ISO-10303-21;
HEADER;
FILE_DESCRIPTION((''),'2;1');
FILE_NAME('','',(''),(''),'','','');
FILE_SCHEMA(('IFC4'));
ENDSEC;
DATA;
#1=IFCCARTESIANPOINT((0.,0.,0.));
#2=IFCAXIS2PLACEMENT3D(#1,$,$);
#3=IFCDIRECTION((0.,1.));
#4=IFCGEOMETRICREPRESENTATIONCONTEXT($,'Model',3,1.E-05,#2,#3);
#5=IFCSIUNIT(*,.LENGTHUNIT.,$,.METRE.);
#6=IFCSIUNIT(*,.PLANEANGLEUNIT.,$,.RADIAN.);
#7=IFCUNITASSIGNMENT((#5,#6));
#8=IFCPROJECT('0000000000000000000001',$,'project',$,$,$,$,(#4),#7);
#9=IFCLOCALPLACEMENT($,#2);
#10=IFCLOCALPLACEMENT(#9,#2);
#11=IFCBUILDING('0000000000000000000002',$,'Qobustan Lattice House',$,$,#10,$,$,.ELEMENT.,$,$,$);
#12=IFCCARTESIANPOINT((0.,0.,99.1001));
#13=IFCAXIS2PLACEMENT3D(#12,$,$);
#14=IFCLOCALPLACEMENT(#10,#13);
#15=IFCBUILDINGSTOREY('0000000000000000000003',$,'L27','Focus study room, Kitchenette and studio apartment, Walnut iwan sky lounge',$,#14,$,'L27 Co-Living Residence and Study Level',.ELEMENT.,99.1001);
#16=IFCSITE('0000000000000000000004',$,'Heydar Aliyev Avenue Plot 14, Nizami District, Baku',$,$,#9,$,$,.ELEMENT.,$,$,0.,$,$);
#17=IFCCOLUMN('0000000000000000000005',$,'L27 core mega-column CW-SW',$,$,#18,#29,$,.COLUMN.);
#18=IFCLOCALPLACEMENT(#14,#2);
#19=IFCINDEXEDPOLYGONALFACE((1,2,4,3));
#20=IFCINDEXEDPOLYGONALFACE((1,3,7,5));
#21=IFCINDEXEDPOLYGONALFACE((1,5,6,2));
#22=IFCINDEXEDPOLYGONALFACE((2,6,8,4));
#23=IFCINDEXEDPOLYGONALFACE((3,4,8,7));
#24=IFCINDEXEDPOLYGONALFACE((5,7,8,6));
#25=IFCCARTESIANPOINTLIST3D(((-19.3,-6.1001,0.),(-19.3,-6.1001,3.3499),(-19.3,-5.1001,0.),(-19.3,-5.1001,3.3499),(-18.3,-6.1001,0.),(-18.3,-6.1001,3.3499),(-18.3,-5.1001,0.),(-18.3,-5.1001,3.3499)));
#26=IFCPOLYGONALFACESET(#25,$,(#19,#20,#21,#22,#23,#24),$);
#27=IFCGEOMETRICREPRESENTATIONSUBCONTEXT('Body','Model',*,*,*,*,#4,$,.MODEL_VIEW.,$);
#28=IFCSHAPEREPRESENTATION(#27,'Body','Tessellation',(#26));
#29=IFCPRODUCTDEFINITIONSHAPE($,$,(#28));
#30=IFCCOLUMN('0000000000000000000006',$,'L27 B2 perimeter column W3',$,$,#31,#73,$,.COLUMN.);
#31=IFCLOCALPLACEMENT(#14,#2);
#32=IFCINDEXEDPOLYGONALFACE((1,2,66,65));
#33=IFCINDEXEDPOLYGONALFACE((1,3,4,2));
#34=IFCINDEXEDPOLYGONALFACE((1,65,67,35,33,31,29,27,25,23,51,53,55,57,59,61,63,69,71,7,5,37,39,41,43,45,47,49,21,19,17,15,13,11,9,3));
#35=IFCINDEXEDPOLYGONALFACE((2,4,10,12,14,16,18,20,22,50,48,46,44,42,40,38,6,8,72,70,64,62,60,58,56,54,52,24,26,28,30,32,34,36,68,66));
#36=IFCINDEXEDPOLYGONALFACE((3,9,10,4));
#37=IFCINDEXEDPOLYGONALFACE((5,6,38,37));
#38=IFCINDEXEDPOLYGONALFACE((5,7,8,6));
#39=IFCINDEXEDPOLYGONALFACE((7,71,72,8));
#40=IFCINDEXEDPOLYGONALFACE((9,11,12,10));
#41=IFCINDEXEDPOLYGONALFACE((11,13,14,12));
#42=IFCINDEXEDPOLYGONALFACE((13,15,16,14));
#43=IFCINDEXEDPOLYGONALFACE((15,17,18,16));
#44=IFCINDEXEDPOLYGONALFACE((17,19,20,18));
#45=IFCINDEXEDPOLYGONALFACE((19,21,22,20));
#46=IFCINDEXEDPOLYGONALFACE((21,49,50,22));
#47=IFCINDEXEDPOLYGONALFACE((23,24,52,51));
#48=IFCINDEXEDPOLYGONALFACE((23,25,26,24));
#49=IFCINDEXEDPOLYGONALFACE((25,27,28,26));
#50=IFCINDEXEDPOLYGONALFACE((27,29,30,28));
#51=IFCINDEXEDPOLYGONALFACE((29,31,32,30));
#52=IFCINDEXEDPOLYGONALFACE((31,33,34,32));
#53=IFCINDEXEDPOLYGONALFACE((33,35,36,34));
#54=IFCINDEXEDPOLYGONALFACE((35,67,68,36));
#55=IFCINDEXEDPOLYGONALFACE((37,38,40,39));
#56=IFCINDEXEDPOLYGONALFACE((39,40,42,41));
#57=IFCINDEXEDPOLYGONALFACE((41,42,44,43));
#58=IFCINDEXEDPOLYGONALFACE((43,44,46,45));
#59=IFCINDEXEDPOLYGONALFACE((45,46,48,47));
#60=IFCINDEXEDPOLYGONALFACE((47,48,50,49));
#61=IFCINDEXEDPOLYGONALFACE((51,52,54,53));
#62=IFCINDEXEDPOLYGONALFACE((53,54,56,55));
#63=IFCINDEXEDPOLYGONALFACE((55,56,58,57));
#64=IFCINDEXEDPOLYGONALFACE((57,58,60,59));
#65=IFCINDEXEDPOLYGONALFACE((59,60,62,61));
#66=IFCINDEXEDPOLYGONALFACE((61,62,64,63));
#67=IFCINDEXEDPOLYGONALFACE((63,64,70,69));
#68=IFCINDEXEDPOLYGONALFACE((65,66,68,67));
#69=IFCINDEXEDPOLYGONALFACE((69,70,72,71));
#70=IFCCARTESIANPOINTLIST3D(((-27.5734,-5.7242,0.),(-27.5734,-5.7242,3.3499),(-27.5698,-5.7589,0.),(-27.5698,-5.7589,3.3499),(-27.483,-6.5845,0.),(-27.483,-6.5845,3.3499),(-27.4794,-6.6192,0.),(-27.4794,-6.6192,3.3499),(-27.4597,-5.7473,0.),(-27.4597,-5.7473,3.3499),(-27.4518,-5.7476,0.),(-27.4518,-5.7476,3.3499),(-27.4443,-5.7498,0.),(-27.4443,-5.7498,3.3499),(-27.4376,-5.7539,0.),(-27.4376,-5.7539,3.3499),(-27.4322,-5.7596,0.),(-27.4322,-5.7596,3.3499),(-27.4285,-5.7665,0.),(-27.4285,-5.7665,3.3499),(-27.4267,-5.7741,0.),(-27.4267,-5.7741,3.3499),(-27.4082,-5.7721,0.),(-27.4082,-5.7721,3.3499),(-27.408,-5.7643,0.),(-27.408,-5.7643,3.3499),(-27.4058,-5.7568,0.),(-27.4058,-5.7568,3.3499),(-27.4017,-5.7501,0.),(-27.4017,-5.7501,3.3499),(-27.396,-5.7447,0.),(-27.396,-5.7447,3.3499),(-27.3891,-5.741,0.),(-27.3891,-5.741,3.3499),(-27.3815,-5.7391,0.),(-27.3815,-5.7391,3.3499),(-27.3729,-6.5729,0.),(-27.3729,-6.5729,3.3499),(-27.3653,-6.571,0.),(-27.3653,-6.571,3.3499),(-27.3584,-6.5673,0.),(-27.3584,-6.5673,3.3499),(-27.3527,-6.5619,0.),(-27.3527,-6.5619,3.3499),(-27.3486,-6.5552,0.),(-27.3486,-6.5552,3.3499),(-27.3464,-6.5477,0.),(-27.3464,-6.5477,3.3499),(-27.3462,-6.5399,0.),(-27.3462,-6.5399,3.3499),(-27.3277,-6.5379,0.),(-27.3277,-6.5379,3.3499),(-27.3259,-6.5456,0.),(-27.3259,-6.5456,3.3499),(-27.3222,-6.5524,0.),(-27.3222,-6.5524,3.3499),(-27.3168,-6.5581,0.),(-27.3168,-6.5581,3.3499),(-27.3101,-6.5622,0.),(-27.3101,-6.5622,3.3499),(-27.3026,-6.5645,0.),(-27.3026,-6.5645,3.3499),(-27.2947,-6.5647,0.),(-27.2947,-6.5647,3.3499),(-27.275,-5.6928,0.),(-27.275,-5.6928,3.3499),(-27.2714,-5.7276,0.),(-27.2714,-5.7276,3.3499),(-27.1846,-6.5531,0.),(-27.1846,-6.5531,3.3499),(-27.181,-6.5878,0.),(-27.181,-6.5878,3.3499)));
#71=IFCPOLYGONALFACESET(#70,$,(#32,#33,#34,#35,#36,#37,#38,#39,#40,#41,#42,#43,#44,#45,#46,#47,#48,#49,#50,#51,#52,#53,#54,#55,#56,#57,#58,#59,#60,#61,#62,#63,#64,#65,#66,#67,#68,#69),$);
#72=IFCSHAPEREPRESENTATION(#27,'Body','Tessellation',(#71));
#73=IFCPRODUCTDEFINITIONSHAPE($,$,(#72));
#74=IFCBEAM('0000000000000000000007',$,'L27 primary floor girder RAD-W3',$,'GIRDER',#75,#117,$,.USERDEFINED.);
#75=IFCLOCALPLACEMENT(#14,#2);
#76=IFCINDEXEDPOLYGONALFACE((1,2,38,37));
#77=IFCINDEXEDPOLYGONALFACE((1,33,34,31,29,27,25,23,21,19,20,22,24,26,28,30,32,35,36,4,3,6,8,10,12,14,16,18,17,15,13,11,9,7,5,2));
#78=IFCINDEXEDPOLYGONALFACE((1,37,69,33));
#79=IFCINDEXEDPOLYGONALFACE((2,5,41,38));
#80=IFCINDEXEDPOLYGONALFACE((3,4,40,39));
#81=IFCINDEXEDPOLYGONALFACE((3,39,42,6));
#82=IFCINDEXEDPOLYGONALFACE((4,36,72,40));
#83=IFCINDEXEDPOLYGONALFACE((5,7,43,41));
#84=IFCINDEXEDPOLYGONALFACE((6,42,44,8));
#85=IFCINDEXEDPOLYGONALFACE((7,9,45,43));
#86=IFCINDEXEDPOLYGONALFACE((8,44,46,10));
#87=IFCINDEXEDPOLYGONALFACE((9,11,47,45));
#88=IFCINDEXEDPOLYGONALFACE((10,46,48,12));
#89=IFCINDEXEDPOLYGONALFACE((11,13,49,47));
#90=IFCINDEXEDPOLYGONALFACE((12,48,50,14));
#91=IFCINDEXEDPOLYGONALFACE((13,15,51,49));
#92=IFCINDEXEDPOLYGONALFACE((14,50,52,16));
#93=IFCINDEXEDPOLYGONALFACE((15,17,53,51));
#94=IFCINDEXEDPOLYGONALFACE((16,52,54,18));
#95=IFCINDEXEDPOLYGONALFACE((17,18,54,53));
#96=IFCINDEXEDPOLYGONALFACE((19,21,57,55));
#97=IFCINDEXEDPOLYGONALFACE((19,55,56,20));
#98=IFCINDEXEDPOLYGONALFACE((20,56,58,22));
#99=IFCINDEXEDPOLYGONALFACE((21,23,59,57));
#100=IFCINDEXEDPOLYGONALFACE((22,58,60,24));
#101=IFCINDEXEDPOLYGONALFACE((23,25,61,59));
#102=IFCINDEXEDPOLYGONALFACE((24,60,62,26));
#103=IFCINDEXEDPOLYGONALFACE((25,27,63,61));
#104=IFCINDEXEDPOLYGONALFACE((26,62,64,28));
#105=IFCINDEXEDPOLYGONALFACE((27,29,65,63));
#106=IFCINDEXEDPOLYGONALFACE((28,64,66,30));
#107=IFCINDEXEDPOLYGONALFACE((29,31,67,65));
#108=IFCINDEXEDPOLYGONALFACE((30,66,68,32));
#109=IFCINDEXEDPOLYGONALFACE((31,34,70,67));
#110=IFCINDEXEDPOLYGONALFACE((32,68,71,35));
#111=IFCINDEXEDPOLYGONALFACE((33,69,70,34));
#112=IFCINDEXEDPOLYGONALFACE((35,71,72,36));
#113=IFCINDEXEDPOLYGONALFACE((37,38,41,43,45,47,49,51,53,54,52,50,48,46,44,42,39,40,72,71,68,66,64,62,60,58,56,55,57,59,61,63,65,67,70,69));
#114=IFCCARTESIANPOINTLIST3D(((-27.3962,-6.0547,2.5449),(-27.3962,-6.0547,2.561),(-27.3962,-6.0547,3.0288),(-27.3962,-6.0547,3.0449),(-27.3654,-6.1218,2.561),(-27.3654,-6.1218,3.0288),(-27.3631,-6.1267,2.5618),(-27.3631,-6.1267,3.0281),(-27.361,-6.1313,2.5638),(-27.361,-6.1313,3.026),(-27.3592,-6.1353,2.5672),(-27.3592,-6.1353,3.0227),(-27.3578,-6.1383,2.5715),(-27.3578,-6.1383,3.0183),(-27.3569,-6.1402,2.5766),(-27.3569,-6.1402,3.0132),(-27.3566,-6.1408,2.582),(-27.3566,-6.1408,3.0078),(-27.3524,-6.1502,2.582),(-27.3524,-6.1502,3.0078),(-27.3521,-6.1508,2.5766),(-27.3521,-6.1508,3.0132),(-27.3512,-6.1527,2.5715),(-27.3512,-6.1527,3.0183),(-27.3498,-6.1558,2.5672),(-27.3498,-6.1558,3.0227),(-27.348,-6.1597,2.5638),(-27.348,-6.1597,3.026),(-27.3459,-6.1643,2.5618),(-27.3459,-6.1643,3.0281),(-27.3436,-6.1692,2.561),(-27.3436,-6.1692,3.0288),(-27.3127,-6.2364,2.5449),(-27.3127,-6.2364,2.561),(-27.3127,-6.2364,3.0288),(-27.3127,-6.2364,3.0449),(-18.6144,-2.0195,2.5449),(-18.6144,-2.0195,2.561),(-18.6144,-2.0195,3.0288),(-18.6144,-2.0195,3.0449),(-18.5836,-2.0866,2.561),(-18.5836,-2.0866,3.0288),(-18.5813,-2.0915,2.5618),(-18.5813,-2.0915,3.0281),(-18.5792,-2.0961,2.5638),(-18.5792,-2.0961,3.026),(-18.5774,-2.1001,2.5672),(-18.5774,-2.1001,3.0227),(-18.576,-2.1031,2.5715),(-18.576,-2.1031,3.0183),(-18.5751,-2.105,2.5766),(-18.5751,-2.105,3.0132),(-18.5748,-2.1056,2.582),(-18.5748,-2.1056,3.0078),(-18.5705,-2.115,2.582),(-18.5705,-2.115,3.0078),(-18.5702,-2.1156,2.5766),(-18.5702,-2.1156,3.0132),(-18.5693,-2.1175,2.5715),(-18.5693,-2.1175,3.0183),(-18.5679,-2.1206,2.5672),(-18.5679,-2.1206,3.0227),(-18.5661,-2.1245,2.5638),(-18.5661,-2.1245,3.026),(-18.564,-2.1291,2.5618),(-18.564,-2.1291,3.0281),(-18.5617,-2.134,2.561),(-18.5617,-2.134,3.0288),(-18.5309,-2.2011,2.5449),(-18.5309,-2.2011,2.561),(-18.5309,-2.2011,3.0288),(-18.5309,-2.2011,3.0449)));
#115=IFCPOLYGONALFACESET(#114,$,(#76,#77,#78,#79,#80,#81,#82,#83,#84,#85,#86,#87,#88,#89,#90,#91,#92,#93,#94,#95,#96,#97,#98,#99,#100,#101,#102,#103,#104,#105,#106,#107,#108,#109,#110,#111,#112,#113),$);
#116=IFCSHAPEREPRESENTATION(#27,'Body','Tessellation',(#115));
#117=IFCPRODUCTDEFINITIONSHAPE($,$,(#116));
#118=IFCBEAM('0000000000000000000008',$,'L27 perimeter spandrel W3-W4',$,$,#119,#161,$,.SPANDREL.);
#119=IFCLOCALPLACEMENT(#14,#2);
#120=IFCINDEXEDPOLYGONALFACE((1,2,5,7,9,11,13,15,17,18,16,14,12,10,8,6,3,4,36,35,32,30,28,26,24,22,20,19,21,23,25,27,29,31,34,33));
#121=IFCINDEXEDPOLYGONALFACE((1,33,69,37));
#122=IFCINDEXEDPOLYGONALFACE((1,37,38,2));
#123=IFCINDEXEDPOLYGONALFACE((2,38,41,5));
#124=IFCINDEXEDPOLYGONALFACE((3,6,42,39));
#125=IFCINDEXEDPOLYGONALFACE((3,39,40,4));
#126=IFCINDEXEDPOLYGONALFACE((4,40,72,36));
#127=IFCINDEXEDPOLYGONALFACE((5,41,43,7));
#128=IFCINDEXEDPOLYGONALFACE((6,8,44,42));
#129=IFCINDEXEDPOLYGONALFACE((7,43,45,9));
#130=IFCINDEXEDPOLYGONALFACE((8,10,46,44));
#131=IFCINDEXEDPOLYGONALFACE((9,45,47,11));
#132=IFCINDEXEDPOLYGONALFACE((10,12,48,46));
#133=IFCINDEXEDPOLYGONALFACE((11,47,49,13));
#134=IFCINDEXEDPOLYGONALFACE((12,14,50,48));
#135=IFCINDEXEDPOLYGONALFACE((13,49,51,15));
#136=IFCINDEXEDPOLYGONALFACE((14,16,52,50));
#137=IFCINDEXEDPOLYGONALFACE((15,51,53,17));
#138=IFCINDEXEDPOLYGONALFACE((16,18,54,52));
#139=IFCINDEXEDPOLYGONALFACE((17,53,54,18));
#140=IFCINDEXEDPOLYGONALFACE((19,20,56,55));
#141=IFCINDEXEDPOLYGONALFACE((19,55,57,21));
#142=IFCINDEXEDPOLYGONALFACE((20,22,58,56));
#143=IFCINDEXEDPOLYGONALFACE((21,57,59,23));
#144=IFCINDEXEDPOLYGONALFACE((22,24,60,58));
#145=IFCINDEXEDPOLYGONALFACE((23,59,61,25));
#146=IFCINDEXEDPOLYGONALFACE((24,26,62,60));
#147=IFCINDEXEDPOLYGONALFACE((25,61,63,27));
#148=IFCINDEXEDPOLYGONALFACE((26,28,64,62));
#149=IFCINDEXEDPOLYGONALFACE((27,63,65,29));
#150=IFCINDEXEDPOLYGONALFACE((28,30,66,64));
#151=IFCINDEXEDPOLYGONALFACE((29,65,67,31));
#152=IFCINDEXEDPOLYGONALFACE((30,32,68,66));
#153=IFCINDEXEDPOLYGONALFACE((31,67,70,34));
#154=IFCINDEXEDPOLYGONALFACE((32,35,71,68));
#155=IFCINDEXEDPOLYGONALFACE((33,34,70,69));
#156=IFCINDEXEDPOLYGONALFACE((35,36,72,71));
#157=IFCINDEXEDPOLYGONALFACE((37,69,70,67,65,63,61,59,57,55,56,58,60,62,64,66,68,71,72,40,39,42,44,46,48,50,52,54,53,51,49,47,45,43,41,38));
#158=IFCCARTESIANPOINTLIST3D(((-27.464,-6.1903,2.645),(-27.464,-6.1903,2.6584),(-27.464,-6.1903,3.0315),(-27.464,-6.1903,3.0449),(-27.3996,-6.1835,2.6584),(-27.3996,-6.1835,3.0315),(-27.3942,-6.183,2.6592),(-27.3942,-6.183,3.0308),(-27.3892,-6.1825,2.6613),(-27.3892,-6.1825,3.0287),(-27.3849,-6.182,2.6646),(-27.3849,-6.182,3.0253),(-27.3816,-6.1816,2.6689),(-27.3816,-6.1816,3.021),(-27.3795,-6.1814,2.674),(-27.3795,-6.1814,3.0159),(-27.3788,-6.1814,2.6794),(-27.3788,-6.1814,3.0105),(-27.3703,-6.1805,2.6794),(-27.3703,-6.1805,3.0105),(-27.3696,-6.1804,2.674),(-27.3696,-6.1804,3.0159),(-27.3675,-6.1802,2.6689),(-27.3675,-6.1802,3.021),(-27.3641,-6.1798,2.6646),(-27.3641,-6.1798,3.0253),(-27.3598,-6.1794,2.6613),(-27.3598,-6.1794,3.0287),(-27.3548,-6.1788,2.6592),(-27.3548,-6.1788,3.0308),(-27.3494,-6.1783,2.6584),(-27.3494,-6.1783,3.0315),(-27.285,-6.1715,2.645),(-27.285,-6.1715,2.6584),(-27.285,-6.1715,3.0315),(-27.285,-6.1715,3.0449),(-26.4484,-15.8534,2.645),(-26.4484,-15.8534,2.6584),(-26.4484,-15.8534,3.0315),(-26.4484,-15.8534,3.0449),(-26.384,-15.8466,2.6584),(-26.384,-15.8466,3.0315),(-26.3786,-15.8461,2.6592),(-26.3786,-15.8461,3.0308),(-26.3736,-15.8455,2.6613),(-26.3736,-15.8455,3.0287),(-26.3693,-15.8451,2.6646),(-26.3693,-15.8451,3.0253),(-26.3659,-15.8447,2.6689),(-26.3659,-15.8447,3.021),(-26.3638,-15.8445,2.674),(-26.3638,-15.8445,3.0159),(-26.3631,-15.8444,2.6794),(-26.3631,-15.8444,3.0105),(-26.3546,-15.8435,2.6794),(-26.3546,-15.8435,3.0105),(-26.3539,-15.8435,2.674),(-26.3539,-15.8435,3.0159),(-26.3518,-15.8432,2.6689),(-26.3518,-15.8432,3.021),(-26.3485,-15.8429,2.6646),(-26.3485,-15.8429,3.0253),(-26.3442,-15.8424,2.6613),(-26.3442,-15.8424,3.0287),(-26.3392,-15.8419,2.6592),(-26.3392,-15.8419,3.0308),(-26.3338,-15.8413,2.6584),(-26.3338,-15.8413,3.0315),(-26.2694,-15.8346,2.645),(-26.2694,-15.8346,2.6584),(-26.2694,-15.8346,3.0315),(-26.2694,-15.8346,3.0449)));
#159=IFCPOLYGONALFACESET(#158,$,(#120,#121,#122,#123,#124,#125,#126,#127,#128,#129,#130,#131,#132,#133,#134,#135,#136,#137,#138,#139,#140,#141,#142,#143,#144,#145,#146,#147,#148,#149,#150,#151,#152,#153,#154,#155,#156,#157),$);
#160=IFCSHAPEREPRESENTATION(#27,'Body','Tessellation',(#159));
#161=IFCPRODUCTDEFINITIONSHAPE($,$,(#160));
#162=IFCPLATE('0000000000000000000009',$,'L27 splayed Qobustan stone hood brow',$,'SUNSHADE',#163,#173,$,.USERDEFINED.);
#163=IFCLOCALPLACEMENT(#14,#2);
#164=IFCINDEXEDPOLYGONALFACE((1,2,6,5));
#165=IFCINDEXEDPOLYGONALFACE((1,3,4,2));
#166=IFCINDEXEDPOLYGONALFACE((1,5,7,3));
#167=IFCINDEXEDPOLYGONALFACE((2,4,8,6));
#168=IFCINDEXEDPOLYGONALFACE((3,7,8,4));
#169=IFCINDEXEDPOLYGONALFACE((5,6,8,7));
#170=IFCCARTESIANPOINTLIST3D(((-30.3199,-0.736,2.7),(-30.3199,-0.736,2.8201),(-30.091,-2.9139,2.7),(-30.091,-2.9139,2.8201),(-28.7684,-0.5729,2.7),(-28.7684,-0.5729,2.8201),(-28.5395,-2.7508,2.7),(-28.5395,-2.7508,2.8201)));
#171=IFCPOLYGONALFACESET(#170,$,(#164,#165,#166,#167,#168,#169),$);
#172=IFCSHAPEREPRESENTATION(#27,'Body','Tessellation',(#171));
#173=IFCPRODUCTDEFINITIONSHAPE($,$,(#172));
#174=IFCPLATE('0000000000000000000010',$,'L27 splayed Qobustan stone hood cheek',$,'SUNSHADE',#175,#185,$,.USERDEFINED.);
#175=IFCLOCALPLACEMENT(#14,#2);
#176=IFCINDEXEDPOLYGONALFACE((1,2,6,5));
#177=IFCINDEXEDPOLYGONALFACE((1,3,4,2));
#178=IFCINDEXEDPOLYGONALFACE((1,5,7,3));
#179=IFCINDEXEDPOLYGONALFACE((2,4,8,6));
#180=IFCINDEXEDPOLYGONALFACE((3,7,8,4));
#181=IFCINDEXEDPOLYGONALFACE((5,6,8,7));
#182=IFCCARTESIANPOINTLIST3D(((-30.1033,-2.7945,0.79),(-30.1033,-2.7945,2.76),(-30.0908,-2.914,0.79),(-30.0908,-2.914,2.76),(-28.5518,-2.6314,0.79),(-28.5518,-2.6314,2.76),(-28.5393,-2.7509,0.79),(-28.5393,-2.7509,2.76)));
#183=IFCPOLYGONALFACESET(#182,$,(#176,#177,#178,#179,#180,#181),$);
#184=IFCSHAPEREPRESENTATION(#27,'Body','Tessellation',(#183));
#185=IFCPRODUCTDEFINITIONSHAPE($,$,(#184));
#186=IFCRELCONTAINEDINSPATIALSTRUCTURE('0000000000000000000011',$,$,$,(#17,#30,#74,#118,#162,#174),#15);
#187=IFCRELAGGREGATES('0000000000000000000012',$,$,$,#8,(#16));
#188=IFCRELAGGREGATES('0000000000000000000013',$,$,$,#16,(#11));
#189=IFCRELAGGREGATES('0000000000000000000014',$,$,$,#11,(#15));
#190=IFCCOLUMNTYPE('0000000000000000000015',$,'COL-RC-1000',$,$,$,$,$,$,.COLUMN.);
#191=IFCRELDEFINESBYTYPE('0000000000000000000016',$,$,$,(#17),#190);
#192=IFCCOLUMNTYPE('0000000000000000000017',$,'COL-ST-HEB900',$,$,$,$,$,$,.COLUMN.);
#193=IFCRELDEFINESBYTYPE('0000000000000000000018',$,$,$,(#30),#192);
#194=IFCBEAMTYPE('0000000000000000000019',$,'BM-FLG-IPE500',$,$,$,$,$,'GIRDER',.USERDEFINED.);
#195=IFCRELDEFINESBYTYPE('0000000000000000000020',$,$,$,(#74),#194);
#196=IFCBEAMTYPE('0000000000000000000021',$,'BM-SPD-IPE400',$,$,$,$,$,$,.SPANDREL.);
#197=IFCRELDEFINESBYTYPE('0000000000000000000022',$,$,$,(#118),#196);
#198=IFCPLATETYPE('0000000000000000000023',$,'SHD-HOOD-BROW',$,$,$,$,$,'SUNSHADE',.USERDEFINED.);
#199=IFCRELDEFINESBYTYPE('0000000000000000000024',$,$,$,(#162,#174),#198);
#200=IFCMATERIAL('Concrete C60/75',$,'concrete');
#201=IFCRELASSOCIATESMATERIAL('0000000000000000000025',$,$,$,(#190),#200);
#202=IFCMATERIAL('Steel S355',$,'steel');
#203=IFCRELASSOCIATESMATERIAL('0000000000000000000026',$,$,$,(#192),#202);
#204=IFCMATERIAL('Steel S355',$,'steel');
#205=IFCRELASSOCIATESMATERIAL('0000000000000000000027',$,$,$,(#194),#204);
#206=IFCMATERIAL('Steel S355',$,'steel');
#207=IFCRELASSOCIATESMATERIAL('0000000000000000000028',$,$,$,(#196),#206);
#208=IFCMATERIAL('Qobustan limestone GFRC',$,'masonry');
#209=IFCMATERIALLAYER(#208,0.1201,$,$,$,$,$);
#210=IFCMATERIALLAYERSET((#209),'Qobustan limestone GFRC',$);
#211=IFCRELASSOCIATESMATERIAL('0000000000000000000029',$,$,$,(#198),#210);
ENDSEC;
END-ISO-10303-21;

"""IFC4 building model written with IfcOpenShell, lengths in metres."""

from ifc_helpers import new_model, si_unit, direction, frame, origin, origin_2d, place, context, subcontext, project, spatial, rectangle, i_section, extrude, material, layer, layer_set, material_profile, profile_set, type_object, element, save


model = new_model("IFC4")

# Units and contexts
model_context = context("Model", 3, precision=1e-05, world=origin(), true_north=direction((0.0, 1.0)))
body_context = subcontext(model_context, "Body", "Model", "MODEL_VIEW")
ifc_project = project(units=[si_unit("LENGTHUNIT", "METRE"), si_unit("PLANEANGLEUNIT", "RADIAN")], contexts=[model_context])

# Site, building, storey
site_placement = place(None, origin())
site = spatial("IfcSite", under=ifc_project, at=site_placement, Name="Heydar Aliyev Avenue Plot 14, Nizami District, Baku", CompositionType="ELEMENT", RefElevation=0.0)
building_placement = place(site_placement, origin())
building = spatial("IfcBuilding", under=site, at=building_placement, Name="Qobustan Lattice House", CompositionType="ELEMENT")
storey_placement = place(building_placement, frame((0.0, 0.0, 99.1001)))
storey = spatial("IfcBuildingStorey", under=building, at=storey_placement, Name="L27", Description="Focus study room, Kitchenette and studio apartment, Walnut iwan sky lounge", LongName="L27 Co-Living Residence and Study Level", CompositionType="ELEMENT", Elevation=99.1001)

# Columns
ifc_material_1 = material(Name="Concrete C60/75", Category="concrete")
ifc_material_profile_1 = material_profile(ifc_material_1, rectangle(XDim=1.0, YDim=1.0, at=origin_2d()), Name="RC1000x1000")
ifc_profile_set_1 = profile_set([ifc_material_profile_1], Name="Concrete C60/75")
column_type_1 = type_object("IfcColumnType", Name="COL-RC-1000", PredefinedType="COLUMN", material=ifc_profile_set_1)
column_1_placement = place(storey_placement, frame((-18.8, -5.6001, 0.0), z_axis=(0.0, 0.0, 1.0), x_axis=(1.0, 0.0, 0.0)))
element("IfcColumn", 1, at=column_1_placement, inside=storey, type_object=column_type_1, Name="L27 core mega-column CW-SW", PredefinedType="COLUMN", context=body_context, shape_type="SweptSolid", body=[
    extrude(rectangle(XDim=1.0, YDim=1.0, at=origin_2d()), origin(), (0.0, 0.0, 1.0), 3.3499),
])
ifc_material_2 = material(Name="Steel S355", Category="steel")
ifc_material_profile_2 = material_profile(ifc_material_2, i_section(OverallWidth=0.3, OverallDepth=0.8999, WebThickness=0.0186, FlangeThickness=0.0349, FilletRadius=0.03, at=origin_2d()), Name="HEB900")
ifc_profile_set_2 = profile_set([ifc_material_profile_2], Name="Steel S355")
column_type_2 = type_object("IfcColumnType", Name="COL-ST-HEB900", PredefinedType="COLUMN", material=ifc_profile_set_2)
column_2_placement = place(storey_placement, frame((-27.3772, -6.156, 0.0), z_axis=(0.0, 0.0, 1.0), x_axis=(0.994522, 0.104528, 0.0)))
element("IfcColumn", 2, at=column_2_placement, inside=storey, type_object=column_type_2, Name="L27 B2 perimeter column W3", PredefinedType="COLUMN", context=body_context, shape_type="SweptSolid", body=[
    extrude(i_section(OverallWidth=0.3, OverallDepth=0.8999, WebThickness=0.0186, FlangeThickness=0.0349, FilletRadius=0.03, at=origin_2d()), origin(), (0.0, 0.0, 1.0), 3.3499),
])

# Beams
ifc_material_3 = material(Name="Steel S355", Category="steel")
ifc_material_profile_3 = material_profile(ifc_material_3, i_section(OverallWidth=0.2, OverallDepth=0.5, WebThickness=0.0103, FlangeThickness=0.0161, FilletRadius=0.021, at=origin_2d()), Name="IPE500")
ifc_profile_set_3 = profile_set([ifc_material_profile_3], Name="Steel S355")
beam_type_1 = type_object("IfcBeamType", Name="BM-FLG-IPE500", ElementType="GIRDER", PredefinedType="USERDEFINED", material=ifc_profile_set_3)
beam_1_placement = place(storey_placement, frame((-27.3545, -6.1455, 2.7949), z_axis=(0.908665, 0.417526, 0.0), x_axis=(-0.417526, 0.908665, 0.0)))
element("IfcBeam", 3, at=beam_1_placement, inside=storey, type_object=beam_type_1, Name="L27 primary floor girder RAD-W3", ObjectType="GIRDER", PredefinedType="USERDEFINED", context=body_context, shape_type="SweptSolid", body=[
    extrude(i_section(OverallWidth=0.2, OverallDepth=0.5, WebThickness=0.0103, FlangeThickness=0.0161, FilletRadius=0.021, at=origin_2d()), origin(), (0.0, 0.0, 1.0), 9.6646),
])
ifc_material_4 = material(Name="Steel S355", Category="steel")
ifc_material_profile_4 = material_profile(ifc_material_4, i_section(OverallWidth=0.1799, OverallDepth=0.3999, WebThickness=0.0085, FlangeThickness=0.0134, FilletRadius=0.021, at=origin_2d()), Name="IPE400")
ifc_profile_set_4 = profile_set([ifc_material_profile_4], Name="Steel S355")
beam_type_2 = type_object("IfcBeamType", Name="BM-SPD-IPE400", PredefinedType="SPANDREL", material=ifc_profile_set_4)
beam_2_placement = place(storey_placement, frame((-27.3745, -6.1809, 2.845), z_axis=(0.104528, -0.994522, 0.0), x_axis=(0.994522, 0.104528, 0.0)))
element("IfcBeam", 4, at=beam_2_placement, inside=storey, type_object=beam_type_2, Name="L27 perimeter spandrel W3-W4", PredefinedType="SPANDREL", context=body_context, shape_type="SweptSolid", body=[
    extrude(i_section(OverallWidth=0.1799, OverallDepth=0.3999, WebThickness=0.0085, FlangeThickness=0.0134, FilletRadius=0.021, at=origin_2d()), origin(), (0.0, 0.0, 1.0), 9.7163),
])

# Plates
ifc_material_5 = material(Name="Qobustan limestone GFRC", Category="masonry")
ifc_layer_1 = layer(ifc_material_5, 0.1201)
ifc_layer_set_1 = layer_set([ifc_layer_1], Name="Qobustan limestone GFRC")
plate_type = type_object("IfcPlateType", Name="SHD-HOOD-BROW", ElementType="SUNSHADE", PredefinedType="USERDEFINED", material=ifc_layer_set_1)
plate_1_placement = place(storey_placement, frame((-29.4297, -1.7434, 2.7), z_axis=(0.0, 0.0, 1.0), x_axis=(-0.104528, 0.994522, 0.0)))
element("IfcPlate", 5, at=plate_1_placement, inside=storey, type_object=plate_type, Name="L27 splayed Qobustan stone hood brow", ObjectType="SUNSHADE", PredefinedType="USERDEFINED", context=body_context, shape_type="SweptSolid", body=[
    extrude(rectangle(XDim=2.1899, YDim=1.5601, at=origin_2d()), origin(), (0.0, 0.0, 1.0), 0.1201),
])
plate_2_placement = place(storey_placement, frame((-29.3213, -2.7727, 0.79), z_axis=(0.0, 0.0, 1.0), x_axis=(-0.104528, 0.994522, 0.0)))
element("IfcPlate", 6, at=plate_2_placement, inside=storey, type_object=plate_type, Name="L27 splayed Qobustan stone hood cheek", ObjectType="SUNSHADE", PredefinedType="USERDEFINED", context=body_context, shape_type="SweptSolid", body=[
    extrude(rectangle(XDim=0.1201, YDim=1.5601, at=origin_2d()), origin(), (0.0, 0.0, 1.0), 1.97),
])

save(model, "model.ifc")
